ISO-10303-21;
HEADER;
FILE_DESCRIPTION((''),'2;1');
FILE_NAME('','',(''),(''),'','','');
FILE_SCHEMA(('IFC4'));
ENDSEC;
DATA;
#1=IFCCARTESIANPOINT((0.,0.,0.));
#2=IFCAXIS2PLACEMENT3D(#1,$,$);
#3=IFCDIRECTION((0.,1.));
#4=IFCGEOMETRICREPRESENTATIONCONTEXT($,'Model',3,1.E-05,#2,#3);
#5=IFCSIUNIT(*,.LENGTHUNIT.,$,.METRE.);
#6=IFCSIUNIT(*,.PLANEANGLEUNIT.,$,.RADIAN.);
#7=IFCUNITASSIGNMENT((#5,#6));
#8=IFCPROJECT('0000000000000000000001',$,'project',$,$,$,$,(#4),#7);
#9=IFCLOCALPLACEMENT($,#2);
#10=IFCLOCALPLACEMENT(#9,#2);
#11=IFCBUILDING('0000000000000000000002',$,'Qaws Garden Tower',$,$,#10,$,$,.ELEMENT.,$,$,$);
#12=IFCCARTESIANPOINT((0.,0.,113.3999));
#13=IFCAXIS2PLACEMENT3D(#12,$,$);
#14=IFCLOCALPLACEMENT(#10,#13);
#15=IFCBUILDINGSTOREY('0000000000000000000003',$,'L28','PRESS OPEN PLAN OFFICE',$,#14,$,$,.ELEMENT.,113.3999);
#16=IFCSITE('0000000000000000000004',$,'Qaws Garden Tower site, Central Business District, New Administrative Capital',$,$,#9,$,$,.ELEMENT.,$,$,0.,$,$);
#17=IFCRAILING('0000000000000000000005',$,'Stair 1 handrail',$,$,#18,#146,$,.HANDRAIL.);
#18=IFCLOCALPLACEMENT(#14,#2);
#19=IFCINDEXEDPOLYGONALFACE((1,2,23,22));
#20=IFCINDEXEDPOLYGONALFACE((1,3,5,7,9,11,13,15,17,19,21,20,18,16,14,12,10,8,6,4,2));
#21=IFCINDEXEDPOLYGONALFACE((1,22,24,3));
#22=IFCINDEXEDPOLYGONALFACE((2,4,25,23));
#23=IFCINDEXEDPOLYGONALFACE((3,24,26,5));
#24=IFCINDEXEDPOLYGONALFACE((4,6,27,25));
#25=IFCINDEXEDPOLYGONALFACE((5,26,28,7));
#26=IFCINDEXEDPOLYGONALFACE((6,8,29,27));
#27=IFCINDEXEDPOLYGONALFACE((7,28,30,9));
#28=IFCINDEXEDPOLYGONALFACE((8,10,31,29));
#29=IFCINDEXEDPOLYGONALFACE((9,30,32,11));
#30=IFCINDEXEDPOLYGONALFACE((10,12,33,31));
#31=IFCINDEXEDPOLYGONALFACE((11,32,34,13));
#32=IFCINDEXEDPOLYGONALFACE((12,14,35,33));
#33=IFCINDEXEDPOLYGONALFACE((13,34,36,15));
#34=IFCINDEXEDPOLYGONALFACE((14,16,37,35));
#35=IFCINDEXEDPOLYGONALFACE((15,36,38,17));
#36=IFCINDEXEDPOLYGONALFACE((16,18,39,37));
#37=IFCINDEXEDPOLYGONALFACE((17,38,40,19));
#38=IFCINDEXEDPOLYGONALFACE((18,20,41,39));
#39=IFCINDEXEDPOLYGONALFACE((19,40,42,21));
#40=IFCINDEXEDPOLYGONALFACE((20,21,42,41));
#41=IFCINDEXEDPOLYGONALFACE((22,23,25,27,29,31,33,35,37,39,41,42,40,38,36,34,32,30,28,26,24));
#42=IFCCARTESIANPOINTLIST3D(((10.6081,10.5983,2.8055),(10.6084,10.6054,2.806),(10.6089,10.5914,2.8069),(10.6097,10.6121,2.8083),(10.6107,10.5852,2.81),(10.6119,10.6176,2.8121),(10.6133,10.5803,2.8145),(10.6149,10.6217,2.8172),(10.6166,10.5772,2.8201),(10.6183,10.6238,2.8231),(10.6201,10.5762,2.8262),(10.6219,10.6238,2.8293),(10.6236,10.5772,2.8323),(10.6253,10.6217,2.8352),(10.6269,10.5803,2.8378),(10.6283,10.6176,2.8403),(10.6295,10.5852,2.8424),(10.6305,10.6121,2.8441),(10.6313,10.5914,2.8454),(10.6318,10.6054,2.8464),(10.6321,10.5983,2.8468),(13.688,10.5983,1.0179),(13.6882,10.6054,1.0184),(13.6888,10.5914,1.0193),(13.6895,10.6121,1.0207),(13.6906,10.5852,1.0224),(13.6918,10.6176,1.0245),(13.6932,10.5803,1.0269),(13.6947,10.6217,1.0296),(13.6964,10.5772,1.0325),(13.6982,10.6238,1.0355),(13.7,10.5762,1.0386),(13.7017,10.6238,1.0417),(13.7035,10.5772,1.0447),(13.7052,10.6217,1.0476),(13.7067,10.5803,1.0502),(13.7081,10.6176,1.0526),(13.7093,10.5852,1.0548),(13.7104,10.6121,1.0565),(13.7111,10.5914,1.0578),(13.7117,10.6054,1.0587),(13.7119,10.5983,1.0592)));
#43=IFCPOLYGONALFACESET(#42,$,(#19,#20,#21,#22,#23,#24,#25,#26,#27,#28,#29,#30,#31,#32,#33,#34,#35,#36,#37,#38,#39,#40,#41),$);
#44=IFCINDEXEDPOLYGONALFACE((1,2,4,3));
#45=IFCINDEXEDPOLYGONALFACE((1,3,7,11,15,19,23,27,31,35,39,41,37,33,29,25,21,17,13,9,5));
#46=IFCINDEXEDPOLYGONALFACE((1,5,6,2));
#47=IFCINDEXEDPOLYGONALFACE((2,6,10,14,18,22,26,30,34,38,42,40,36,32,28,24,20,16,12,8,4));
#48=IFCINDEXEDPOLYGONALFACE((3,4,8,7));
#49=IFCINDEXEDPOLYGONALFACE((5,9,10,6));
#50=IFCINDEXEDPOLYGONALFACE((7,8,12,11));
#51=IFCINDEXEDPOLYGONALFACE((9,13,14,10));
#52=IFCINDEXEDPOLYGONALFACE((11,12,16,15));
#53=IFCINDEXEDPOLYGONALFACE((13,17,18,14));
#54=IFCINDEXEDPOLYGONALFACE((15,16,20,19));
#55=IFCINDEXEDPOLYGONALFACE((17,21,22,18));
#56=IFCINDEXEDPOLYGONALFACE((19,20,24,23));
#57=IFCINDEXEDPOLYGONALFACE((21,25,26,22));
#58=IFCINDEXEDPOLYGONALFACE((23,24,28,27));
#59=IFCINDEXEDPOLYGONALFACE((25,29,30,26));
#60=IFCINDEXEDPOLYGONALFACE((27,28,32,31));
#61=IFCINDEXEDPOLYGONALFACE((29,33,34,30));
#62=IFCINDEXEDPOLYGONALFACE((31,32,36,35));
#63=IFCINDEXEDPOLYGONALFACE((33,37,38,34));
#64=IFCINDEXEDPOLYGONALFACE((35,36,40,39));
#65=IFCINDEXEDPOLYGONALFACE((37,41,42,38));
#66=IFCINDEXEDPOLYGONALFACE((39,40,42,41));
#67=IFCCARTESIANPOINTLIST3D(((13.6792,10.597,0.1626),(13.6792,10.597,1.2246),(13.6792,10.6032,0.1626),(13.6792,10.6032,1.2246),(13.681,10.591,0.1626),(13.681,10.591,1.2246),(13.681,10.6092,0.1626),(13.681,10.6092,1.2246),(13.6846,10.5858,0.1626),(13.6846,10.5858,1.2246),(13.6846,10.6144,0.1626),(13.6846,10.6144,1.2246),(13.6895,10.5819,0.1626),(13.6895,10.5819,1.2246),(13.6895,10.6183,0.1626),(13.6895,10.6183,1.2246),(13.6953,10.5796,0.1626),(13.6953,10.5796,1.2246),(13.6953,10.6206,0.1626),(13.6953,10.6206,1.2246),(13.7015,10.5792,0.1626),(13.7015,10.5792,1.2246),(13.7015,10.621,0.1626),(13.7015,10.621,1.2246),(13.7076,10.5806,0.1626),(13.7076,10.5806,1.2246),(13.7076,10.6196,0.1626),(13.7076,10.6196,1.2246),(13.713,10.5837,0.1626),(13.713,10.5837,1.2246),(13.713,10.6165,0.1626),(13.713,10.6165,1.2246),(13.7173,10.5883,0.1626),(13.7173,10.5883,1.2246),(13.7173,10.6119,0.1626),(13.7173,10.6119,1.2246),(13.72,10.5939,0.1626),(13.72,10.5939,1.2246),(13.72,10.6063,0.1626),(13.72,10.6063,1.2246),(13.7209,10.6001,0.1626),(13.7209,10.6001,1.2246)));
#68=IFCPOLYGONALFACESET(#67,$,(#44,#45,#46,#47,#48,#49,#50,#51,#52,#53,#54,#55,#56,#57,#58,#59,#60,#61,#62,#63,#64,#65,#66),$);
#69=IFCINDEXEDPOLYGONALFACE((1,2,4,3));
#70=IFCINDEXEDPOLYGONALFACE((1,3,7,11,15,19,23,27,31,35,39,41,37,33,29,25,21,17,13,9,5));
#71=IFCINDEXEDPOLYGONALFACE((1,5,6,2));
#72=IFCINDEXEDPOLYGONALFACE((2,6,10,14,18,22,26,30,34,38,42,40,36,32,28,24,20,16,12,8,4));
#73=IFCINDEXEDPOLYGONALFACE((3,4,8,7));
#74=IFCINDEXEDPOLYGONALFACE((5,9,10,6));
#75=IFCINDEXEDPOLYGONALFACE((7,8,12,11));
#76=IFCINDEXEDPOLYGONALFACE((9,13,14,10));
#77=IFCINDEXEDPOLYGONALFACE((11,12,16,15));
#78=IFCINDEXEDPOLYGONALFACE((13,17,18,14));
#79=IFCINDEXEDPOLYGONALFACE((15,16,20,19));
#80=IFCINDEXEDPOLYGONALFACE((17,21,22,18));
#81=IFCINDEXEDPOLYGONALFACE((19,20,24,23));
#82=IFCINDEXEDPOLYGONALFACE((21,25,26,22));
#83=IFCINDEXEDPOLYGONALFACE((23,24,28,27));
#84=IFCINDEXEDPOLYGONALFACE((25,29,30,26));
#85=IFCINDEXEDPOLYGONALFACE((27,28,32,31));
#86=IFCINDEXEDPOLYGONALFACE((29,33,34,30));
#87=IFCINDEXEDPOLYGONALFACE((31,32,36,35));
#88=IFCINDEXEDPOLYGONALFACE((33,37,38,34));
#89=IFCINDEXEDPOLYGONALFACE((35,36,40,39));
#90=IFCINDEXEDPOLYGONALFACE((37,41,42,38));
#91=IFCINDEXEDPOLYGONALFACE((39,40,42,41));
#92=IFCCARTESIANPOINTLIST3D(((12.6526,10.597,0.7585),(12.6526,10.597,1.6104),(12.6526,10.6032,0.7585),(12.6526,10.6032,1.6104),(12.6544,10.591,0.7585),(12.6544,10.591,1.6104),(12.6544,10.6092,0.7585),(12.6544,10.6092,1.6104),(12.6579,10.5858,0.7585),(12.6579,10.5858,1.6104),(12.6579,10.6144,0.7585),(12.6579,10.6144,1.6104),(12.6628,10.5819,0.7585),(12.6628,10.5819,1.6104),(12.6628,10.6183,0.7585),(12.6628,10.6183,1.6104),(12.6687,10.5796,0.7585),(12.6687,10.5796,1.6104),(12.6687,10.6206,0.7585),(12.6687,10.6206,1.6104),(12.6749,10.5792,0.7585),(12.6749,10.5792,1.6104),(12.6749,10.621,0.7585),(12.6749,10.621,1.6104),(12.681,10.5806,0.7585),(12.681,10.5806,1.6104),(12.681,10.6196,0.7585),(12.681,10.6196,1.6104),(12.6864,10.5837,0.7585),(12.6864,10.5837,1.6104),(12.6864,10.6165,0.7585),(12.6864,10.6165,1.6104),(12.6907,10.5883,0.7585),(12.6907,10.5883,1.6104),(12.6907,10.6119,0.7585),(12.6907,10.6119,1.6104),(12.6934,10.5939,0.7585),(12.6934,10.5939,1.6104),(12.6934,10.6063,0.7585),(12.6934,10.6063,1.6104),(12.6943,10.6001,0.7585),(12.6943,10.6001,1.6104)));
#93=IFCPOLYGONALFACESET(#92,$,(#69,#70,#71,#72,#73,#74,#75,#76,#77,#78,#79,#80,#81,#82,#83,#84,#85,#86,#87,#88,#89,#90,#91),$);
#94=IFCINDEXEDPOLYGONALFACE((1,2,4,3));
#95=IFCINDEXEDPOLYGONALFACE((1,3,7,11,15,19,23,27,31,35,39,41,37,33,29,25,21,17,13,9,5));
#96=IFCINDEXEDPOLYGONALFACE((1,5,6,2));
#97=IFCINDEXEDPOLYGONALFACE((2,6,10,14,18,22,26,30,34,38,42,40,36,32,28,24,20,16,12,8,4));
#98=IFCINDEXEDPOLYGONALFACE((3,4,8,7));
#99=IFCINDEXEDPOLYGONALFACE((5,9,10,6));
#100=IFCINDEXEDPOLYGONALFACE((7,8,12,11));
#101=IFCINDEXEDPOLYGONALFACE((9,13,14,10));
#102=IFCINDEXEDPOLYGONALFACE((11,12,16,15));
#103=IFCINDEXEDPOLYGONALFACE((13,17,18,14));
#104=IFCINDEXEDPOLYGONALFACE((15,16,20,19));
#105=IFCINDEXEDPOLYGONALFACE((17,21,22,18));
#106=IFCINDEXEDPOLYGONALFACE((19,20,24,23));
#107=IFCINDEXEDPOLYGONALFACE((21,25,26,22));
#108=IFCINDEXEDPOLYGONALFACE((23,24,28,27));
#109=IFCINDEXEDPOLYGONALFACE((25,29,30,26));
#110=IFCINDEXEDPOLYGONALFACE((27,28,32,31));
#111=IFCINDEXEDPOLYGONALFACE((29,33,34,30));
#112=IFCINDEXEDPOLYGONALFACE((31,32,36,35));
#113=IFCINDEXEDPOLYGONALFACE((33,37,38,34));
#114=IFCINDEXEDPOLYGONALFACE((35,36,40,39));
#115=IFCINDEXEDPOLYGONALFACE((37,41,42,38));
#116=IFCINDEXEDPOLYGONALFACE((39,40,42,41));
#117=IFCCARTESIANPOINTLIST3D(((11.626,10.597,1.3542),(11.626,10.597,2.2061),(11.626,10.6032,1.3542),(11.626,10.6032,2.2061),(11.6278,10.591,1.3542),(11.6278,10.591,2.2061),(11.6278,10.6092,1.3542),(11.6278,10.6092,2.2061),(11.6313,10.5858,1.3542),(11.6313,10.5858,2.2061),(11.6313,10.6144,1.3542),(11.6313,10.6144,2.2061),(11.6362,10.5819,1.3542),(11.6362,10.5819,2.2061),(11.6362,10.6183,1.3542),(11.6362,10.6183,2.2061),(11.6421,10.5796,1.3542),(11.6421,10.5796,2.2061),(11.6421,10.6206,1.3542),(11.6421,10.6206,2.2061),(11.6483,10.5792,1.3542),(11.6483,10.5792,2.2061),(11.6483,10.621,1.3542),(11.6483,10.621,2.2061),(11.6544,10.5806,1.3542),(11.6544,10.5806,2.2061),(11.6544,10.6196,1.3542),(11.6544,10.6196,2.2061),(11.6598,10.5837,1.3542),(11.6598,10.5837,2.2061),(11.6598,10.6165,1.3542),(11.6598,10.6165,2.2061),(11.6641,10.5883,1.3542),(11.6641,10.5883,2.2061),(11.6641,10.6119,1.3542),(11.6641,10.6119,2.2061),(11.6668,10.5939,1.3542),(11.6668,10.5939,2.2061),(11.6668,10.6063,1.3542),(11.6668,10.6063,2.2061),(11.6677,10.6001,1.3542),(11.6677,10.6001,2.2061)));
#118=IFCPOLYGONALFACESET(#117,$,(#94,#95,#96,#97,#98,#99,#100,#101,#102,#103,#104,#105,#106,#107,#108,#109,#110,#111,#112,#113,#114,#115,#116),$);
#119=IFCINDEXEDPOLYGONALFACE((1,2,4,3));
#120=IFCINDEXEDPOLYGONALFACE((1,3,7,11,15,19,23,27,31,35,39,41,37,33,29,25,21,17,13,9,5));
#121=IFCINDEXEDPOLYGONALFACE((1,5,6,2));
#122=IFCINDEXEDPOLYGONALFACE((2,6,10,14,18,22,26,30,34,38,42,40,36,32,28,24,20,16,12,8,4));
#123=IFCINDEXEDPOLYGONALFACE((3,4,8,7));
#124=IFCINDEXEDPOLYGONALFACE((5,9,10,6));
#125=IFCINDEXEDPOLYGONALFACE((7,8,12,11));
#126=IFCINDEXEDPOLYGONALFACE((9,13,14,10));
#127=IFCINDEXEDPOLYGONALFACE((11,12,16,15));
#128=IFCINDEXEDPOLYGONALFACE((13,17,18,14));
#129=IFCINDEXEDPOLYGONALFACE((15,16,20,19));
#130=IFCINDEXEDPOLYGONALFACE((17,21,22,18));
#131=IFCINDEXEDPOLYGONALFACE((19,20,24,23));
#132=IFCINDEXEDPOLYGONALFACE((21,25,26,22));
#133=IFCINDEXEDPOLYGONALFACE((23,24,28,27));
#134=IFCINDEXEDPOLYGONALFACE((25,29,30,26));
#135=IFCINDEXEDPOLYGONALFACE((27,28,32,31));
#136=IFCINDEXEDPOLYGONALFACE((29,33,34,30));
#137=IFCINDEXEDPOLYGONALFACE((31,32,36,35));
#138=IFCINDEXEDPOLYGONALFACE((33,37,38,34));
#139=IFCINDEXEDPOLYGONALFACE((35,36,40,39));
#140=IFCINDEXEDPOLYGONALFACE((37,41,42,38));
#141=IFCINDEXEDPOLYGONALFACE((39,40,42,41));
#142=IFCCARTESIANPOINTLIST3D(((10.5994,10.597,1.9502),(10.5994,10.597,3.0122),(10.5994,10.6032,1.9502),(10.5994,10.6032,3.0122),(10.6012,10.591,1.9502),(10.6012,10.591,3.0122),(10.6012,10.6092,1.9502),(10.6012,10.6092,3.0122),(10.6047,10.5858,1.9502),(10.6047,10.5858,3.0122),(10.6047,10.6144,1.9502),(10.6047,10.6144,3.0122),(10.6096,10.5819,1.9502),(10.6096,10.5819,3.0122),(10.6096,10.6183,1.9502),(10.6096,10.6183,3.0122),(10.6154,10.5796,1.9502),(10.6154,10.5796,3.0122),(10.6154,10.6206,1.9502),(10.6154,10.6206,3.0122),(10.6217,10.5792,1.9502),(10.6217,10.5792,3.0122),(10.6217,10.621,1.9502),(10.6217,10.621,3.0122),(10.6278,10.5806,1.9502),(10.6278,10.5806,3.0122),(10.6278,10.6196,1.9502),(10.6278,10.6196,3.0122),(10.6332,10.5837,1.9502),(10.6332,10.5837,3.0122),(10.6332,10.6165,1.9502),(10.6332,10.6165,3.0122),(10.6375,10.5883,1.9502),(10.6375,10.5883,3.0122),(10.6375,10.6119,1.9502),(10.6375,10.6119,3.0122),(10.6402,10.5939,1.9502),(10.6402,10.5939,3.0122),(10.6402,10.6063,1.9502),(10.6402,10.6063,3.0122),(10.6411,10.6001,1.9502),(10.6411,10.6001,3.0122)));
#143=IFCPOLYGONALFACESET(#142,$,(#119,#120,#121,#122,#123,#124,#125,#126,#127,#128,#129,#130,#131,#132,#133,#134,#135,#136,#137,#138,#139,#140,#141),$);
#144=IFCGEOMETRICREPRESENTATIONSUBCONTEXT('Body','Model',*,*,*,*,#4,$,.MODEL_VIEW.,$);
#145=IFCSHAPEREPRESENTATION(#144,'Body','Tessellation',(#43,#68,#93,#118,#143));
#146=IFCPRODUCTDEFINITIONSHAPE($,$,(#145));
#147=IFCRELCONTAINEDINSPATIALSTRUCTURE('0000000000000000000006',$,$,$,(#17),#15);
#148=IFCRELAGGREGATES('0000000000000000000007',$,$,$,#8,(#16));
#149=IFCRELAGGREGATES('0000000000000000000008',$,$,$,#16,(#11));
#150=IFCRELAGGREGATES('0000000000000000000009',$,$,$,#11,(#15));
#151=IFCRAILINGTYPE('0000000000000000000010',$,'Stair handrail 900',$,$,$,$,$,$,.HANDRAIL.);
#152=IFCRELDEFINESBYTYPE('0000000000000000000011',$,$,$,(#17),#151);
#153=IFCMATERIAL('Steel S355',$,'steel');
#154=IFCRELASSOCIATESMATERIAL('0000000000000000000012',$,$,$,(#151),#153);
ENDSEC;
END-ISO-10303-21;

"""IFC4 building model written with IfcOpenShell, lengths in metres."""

from ifc_helpers import new_model, si_unit, direction, frame, origin, origin_2d, place, context, subcontext, project, spatial, circle, extrude, material, type_object, element, save


model = new_model("IFC4")

# Units and contexts
model_context = context("Model", 3, precision=1e-05, world=origin(), true_north=direction((0.0, 1.0)))
body_context = subcontext(model_context, "Body", "Model", "MODEL_VIEW")
ifc_project = project(units=[si_unit("LENGTHUNIT", "METRE"), si_unit("PLANEANGLEUNIT", "RADIAN")], contexts=[model_context])

# Site, building, storey
site_placement = place(None, origin())
site = spatial("IfcSite", under=ifc_project, at=site_placement, Name="Qaws Garden Tower site, Central Business District, New Administrative Capital", CompositionType="ELEMENT", RefElevation=0.0)
building_placement = place(site_placement, origin())
building = spatial("IfcBuilding", under=site, at=building_placement, Name="Qaws Garden Tower", CompositionType="ELEMENT")
storey_placement = place(building_placement, frame((0.0, 0.0, 113.3999)))
storey = spatial("IfcBuildingStorey", under=building, at=storey_placement, Name="L28", Description="PRESS OPEN PLAN OFFICE", CompositionType="ELEMENT", Elevation=113.3999)

# Railing
ifc_material_1 = material(Name="Steel S355", Category="steel")
railing_type = type_object("IfcRailingType", Name="Stair handrail 900", PredefinedType="HANDRAIL", material=ifc_material_1)
railing_1_placement = place(storey_placement, frame((13.7, 10.6001, 0.1626)))
element("IfcRailing", 1, at=railing_1_placement, inside=storey, type_object=railing_type, Name="Stair 1 handrail", PredefinedType="HANDRAIL", context=body_context, shape_type="SweptSolid", body=[
    extrude(circle(Radius=0.0239, at=origin_2d()), frame((0.0, 0.0, 0.876), z_axis=(-0.864873, 0.0, 0.50199), x_axis=(0.0, -1.0, 0.0)), (0.0, 0.0, 1.0), 3.561),
    extrude(circle(Radius=0.021, at=origin_2d()), origin(), (0.0, 0.0, 1.0), 1.062),
    extrude(circle(Radius=0.021, at=origin_2d()), frame((-1.0266, 0.0, 0.5959)), (0.0, 0.0, 1.0), 0.8518),
    extrude(circle(Radius=0.021, at=origin_2d()), frame((-2.0532, 0.0, 1.1917)), (0.0, 0.0, 1.0), 0.8518),
    extrude(circle(Radius=0.021, at=origin_2d()), frame((-3.0798, 0.0, 1.7876)), (0.0, 0.0, 1.0), 1.062),
])

save(model, "model.ifc")
